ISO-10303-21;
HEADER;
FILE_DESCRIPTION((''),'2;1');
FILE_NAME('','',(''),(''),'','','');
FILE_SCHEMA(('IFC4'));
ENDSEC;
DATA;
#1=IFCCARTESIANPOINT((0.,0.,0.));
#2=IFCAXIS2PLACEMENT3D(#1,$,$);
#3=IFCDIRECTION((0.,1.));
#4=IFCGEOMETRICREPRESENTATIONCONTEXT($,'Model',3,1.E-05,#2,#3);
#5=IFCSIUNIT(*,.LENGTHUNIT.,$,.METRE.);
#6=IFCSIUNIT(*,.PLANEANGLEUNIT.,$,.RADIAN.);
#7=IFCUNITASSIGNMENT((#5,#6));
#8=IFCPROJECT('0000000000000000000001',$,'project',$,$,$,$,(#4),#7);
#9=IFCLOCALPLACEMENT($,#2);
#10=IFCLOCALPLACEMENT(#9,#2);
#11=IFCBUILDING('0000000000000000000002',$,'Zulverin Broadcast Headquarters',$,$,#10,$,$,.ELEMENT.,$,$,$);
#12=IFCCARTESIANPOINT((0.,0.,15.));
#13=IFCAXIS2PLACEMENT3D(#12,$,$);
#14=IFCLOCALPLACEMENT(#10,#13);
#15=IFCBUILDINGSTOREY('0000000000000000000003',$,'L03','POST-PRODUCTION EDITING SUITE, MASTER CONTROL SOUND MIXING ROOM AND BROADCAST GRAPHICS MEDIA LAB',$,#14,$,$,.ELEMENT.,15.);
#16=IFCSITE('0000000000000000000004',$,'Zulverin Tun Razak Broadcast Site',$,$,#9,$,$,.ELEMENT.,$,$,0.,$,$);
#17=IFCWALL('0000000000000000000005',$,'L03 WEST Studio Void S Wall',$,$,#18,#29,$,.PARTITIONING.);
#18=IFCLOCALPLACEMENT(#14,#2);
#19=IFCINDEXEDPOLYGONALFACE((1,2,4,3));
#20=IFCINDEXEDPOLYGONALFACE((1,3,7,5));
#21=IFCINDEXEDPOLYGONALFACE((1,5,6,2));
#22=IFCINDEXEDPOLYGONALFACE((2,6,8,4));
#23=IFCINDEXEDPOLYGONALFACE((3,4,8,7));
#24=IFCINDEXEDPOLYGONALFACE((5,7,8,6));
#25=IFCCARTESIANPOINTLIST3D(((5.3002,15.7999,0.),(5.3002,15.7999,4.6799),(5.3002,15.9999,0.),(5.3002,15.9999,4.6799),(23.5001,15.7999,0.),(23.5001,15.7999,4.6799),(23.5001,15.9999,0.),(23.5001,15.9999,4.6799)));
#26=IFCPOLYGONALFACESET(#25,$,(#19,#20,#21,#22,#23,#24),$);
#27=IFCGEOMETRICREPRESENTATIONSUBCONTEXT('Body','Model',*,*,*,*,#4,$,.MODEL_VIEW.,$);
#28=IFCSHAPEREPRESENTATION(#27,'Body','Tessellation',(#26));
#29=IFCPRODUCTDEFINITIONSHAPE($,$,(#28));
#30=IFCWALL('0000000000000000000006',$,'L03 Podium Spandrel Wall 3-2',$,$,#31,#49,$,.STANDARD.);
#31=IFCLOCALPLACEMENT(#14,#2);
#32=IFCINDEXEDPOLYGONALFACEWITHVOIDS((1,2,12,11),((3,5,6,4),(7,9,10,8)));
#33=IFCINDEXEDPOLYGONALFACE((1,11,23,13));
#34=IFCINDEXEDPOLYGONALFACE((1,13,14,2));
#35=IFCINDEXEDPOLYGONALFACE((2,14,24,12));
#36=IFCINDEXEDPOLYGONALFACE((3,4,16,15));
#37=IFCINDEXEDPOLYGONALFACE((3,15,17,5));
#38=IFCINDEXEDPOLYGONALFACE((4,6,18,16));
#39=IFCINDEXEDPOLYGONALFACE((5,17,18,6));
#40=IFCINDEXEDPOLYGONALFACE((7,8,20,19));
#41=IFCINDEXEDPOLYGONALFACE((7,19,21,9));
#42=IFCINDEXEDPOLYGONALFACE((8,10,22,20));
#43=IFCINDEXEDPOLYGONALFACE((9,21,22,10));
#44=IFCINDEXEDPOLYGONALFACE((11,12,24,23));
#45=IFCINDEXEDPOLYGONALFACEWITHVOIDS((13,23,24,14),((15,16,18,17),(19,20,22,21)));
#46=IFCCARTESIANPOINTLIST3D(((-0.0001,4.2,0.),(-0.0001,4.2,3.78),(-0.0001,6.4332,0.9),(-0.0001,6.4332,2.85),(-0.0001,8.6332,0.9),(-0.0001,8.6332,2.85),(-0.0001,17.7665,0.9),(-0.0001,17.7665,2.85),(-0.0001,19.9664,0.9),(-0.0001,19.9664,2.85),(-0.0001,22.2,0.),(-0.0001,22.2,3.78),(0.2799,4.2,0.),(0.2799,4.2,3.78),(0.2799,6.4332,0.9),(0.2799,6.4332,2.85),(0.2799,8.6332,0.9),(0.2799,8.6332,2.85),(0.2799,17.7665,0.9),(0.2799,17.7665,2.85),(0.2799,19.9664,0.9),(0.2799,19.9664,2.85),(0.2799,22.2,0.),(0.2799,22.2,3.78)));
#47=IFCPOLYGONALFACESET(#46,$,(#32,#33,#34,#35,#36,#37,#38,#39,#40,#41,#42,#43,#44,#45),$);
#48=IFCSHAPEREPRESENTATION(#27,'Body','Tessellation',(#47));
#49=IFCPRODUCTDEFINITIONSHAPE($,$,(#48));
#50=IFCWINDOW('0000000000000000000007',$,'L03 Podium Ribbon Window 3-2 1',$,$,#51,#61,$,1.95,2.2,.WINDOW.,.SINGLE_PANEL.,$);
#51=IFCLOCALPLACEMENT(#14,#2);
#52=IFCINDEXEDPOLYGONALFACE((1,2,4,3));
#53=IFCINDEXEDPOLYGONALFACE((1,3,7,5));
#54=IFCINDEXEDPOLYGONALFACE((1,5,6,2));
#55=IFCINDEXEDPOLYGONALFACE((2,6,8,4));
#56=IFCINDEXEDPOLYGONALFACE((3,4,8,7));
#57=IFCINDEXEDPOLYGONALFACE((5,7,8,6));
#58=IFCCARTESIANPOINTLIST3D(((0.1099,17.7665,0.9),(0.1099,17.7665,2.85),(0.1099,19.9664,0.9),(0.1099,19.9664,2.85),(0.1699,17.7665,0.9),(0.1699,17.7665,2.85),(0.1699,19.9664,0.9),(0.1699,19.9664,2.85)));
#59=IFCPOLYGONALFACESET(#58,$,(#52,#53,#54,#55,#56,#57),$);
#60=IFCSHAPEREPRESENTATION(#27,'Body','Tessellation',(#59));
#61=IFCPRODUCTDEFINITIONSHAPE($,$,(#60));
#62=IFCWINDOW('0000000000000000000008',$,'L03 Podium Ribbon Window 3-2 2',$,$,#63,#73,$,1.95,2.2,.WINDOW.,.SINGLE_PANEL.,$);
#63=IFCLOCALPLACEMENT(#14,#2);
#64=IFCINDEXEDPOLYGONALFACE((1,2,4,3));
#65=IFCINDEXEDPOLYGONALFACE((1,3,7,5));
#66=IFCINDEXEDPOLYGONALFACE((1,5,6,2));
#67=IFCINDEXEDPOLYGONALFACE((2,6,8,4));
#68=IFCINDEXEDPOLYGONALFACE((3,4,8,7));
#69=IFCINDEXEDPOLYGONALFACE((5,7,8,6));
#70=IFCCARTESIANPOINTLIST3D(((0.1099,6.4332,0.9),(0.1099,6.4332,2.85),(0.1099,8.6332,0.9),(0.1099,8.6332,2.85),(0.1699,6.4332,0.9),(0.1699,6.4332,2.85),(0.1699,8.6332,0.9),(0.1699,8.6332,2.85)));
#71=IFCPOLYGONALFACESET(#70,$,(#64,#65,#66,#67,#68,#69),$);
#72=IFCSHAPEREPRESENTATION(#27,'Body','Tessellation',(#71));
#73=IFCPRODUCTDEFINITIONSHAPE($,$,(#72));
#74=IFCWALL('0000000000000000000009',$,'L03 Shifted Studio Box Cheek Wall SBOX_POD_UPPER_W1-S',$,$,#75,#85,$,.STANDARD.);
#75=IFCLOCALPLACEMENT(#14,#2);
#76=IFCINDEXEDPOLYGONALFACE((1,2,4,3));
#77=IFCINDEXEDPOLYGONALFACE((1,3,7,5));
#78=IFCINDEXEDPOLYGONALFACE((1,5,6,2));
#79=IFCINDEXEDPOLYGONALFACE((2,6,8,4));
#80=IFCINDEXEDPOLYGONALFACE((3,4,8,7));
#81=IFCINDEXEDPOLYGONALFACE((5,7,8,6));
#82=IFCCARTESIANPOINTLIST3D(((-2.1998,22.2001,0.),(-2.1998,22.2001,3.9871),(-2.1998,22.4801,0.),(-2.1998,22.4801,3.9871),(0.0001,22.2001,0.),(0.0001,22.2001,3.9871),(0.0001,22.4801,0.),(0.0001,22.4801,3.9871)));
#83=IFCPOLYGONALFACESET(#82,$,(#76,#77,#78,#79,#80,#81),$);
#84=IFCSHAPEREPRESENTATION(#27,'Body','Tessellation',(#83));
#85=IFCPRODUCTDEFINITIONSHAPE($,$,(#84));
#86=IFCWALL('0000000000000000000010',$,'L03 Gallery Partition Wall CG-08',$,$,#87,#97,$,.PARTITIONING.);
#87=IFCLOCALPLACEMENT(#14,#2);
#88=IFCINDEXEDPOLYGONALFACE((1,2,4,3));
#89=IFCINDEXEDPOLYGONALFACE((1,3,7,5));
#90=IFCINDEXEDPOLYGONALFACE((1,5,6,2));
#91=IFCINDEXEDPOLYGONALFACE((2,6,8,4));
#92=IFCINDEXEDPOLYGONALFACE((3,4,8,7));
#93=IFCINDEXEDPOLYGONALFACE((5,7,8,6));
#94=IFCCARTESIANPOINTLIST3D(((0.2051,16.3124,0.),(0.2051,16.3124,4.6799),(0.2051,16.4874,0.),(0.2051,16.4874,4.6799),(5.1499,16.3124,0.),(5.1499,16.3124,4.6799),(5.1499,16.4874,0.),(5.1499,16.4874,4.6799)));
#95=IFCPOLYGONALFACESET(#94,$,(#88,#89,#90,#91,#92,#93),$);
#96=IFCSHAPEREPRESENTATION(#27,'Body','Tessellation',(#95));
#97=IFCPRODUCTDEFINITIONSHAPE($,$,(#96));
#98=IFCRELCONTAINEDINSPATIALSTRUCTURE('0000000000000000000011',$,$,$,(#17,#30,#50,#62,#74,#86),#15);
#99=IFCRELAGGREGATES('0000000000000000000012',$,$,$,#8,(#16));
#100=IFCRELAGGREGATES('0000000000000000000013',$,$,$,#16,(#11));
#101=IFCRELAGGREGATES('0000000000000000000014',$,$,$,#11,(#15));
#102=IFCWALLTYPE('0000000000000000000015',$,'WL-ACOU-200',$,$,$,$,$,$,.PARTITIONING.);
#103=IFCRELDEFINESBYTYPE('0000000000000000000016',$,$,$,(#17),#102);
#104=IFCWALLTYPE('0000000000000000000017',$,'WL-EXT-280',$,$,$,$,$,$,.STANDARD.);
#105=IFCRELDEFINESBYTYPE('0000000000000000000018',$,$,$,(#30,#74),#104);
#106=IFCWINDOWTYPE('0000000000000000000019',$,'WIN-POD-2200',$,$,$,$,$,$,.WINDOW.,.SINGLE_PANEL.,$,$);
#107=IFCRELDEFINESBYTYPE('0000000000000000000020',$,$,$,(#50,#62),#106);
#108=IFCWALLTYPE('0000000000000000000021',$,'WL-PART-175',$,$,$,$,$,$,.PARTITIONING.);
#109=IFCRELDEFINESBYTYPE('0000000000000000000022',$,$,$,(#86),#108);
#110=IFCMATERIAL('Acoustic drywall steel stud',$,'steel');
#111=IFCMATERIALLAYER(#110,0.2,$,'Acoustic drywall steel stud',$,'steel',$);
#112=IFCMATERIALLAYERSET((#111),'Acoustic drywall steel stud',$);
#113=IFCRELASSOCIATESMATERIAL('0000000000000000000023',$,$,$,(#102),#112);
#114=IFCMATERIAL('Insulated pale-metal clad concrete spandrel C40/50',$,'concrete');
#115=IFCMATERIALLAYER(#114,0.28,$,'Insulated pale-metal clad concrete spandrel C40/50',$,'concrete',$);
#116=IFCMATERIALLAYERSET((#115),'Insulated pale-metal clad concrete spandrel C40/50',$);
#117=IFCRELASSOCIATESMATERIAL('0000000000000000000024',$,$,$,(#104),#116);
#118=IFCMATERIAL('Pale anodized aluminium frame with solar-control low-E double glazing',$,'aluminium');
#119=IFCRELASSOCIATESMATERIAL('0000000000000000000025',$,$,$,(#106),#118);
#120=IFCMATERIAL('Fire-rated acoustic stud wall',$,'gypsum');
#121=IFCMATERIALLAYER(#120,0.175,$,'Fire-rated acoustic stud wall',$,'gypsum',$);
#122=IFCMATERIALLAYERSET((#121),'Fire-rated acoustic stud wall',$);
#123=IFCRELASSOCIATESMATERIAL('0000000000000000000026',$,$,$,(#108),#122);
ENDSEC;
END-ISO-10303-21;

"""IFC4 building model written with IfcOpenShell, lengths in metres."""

from ifc_helpers import new_model, si_unit, direction, frame, frame_2d, origin, place, context, subcontext, project, spatial, rectangle, extrude, material, layer, layer_set, type_object, element, fill, save


model = new_model("IFC4")

# Units and contexts
model_context = context("Model", 3, precision=1e-05, world=origin(), true_north=direction((0.0, 1.0)))
body_context = subcontext(model_context, "Body", "Model", "MODEL_VIEW")
ifc_project = project(units=[si_unit("LENGTHUNIT", "METRE"), si_unit("PLANEANGLEUNIT", "RADIAN")], contexts=[model_context])

# Site, building, storey
site_placement = place(None, origin())
site = spatial("IfcSite", under=ifc_project, at=site_placement, Name="Zulverin Tun Razak Broadcast Site", CompositionType="ELEMENT", RefElevation=0.0)
building_placement = place(site_placement, origin())
building = spatial("IfcBuilding", under=site, at=building_placement, Name="Zulverin Broadcast Headquarters", CompositionType="ELEMENT")
storey_placement = place(building_placement, frame((0.0, 0.0, 15.0)))
storey = spatial("IfcBuildingStorey", under=building, at=storey_placement, Name="L03", Description="POST-PRODUCTION EDITING SUITE, MASTER CONTROL SOUND MIXING ROOM AND BROADCAST GRAPHICS MEDIA LAB", CompositionType="ELEMENT", Elevation=15.0)

# Wall
ifc_material_1 = material(Name="Acoustic drywall steel stud", Category="steel")
ifc_layer_1 = layer(ifc_material_1, 0.2, Name="Acoustic drywall steel stud", Category="steel")
ifc_layer_set_1 = layer_set([ifc_layer_1], Name="Acoustic drywall steel stud")
wall_type_1 = type_object("IfcWallType", Name="WL-ACOU-200", PredefinedType="PARTITIONING", material=ifc_layer_set_1)
wall_1_placement = place(storey_placement, frame((5.3, 15.8999, 0.0), z_axis=(0.0, 0.0, 1.0), x_axis=(1.0, 0.0, 0.0)))
element("IfcWall", 1, at=wall_1_placement, inside=storey, type_object=wall_type_1, Name="L03 WEST Studio Void S Wall", PredefinedType="PARTITIONING", context=body_context, shape_type="SweptSolid", body=[
    extrude(rectangle(XDim=18.2, YDim=0.2, at=frame_2d((9.1001, 0.0))), origin(), (0.0, 0.0, 1.0), 4.6799),
])

# Wall, openings, windows
ifc_material_2 = material(Name="Insulated pale-metal clad concrete spandrel C40/50", Category="concrete")
ifc_layer_2 = layer(ifc_material_2, 0.28, Name="Insulated pale-metal clad concrete spandrel C40/50", Category="concrete")
ifc_layer_set_2 = layer_set([ifc_layer_2], Name="Insulated pale-metal clad concrete spandrel C40/50")
wall_type_2 = type_object("IfcWallType", Name="WL-EXT-280", PredefinedType="STANDARD", material=ifc_layer_set_2)
wall_2_placement = place(storey_placement, frame((0.1399, 22.2, 0.0), z_axis=(0.0, 0.0, 1.0), x_axis=(0.0, -1.0, 0.0)))
wall_2 = element("IfcWall", 2, at=wall_2_placement, inside=storey, type_object=wall_type_2, Name="L03 Podium Spandrel Wall 3-2", PredefinedType="STANDARD", context=body_context, shape_type="SweptSolid", body=[
    extrude(rectangle(XDim=18.0, YDim=0.28, at=frame_2d((9.0, 0.0))), origin(), (0.0, 0.0, 1.0), 3.78),
])
opening_1_placement = place(wall_2_placement, frame((2.2334, 0.0, 0.8999)))
opening_1 = element("IfcOpeningElement", 3, at=opening_1_placement, cuts=wall_2, PredefinedType="OPENING", context=body_context, shape_type="SweptSolid", body=[
    extrude(rectangle(XDim=2.2, YDim=1.95, at=frame_2d((1.1001, 0.9751))), frame((0.0, 0.1499, 0.0), z_axis=(0.0, -1.0, 0.0), x_axis=(1.0, 0.0, 0.0)), (0.0, 0.0, 1.0), 0.3),
])
opening_2_placement = place(wall_2_placement, frame((13.5667, 0.0, 0.8999)))
opening_2 = element("IfcOpeningElement", 4, at=opening_2_placement, cuts=wall_2, PredefinedType="OPENING", context=body_context, shape_type="SweptSolid", body=[
    extrude(rectangle(XDim=2.2, YDim=1.95, at=frame_2d((1.1001, 0.9751))), frame((0.0, 0.1499, 0.0), z_axis=(0.0, -1.0, 0.0), x_axis=(1.0, 0.0, 0.0)), (0.0, 0.0, 1.0), 0.3),
])
ifc_material_3 = material(Name="Pale anodized aluminium frame with solar-control low-E double glazing", Category="aluminium")
window_type = type_object("IfcWindowType", Name="WIN-POD-2200", PartitioningType="SINGLE_PANEL", PredefinedType="WINDOW", material=ifc_material_3)
window_1_placement = place(opening_1_placement, origin())
window_1 = element("IfcWindow", 5, at=window_1_placement, inside=storey, type_object=window_type, Name="L03 Podium Ribbon Window 3-2 1", OverallHeight=1.95, OverallWidth=2.2, PartitioningType="SINGLE_PANEL", PredefinedType="WINDOW", context=body_context, shape_type="SweptSolid", body=[
    extrude(rectangle(XDim=2.2, YDim=1.95, at=frame_2d((1.1001, 0.9751))), frame((0.0, 0.03, 0.0), z_axis=(0.0, -1.0, 0.0), x_axis=(1.0, 0.0, 0.0)), (0.0, 0.0, 1.0), 0.0601),
])
fill(opening_1, window_1)
window_2_placement = place(opening_2_placement, origin())
window_2 = element("IfcWindow", 6, at=window_2_placement, inside=storey, type_object=window_type, Name="L03 Podium Ribbon Window 3-2 2", OverallHeight=1.95, OverallWidth=2.2, PartitioningType="SINGLE_PANEL", PredefinedType="WINDOW", context=body_context, shape_type="SweptSolid", body=[
    extrude(rectangle(XDim=2.2, YDim=1.95, at=frame_2d((1.1001, 0.9751))), frame((0.0, 0.03, 0.0), z_axis=(0.0, -1.0, 0.0), x_axis=(1.0, 0.0, 0.0)), (0.0, 0.0, 1.0), 0.0601),
])
fill(opening_2, window_2)

# Walls
wall_3_placement = place(storey_placement, frame((-2.2, 22.3401, 0.0), z_axis=(0.0, 0.0, 1.0), x_axis=(1.0, 0.0, 0.0)))
element("IfcWall", 7, at=wall_3_placement, inside=storey, type_object=wall_type_2, Name="L03 Shifted Studio Box Cheek Wall SBOX_POD_UPPER_W1-S", PredefinedType="STANDARD", context=body_context, shape_type="SweptSolid", body=[
    extrude(rectangle(XDim=2.2, YDim=0.28, at=frame_2d((1.1001, 0.0))), origin(), (0.0, 0.0, 1.0), 3.9871),
])
ifc_material_4 = material(Name="Fire-rated acoustic stud wall", Category="gypsum")
ifc_layer_3 = layer(ifc_material_4, 0.175, Name="Fire-rated acoustic stud wall", Category="gypsum")
ifc_layer_set_3 = layer_set([ifc_layer_3], Name="Fire-rated acoustic stud wall")
wall_type_3 = type_object("IfcWallType", Name="WL-PART-175", PredefinedType="PARTITIONING", material=ifc_layer_set_3)
wall_4_placement = place(storey_placement, frame((0.2051, 16.3999, 0.0), z_axis=(0.0, 0.0, 1.0), x_axis=(1.0, 0.0, 0.0)))
element("IfcWall", 8, at=wall_4_placement, inside=storey, type_object=wall_type_3, Name="L03 Gallery Partition Wall CG-08", PredefinedType="PARTITIONING", context=body_context, shape_type="SweptSolid", body=[
    extrude(rectangle(XDim=4.9448, YDim=0.175, at=frame_2d((2.4724, 0.0))), origin(), (0.0, 0.0, 1.0), 4.6799),
])

save(model, "model.ifc")
